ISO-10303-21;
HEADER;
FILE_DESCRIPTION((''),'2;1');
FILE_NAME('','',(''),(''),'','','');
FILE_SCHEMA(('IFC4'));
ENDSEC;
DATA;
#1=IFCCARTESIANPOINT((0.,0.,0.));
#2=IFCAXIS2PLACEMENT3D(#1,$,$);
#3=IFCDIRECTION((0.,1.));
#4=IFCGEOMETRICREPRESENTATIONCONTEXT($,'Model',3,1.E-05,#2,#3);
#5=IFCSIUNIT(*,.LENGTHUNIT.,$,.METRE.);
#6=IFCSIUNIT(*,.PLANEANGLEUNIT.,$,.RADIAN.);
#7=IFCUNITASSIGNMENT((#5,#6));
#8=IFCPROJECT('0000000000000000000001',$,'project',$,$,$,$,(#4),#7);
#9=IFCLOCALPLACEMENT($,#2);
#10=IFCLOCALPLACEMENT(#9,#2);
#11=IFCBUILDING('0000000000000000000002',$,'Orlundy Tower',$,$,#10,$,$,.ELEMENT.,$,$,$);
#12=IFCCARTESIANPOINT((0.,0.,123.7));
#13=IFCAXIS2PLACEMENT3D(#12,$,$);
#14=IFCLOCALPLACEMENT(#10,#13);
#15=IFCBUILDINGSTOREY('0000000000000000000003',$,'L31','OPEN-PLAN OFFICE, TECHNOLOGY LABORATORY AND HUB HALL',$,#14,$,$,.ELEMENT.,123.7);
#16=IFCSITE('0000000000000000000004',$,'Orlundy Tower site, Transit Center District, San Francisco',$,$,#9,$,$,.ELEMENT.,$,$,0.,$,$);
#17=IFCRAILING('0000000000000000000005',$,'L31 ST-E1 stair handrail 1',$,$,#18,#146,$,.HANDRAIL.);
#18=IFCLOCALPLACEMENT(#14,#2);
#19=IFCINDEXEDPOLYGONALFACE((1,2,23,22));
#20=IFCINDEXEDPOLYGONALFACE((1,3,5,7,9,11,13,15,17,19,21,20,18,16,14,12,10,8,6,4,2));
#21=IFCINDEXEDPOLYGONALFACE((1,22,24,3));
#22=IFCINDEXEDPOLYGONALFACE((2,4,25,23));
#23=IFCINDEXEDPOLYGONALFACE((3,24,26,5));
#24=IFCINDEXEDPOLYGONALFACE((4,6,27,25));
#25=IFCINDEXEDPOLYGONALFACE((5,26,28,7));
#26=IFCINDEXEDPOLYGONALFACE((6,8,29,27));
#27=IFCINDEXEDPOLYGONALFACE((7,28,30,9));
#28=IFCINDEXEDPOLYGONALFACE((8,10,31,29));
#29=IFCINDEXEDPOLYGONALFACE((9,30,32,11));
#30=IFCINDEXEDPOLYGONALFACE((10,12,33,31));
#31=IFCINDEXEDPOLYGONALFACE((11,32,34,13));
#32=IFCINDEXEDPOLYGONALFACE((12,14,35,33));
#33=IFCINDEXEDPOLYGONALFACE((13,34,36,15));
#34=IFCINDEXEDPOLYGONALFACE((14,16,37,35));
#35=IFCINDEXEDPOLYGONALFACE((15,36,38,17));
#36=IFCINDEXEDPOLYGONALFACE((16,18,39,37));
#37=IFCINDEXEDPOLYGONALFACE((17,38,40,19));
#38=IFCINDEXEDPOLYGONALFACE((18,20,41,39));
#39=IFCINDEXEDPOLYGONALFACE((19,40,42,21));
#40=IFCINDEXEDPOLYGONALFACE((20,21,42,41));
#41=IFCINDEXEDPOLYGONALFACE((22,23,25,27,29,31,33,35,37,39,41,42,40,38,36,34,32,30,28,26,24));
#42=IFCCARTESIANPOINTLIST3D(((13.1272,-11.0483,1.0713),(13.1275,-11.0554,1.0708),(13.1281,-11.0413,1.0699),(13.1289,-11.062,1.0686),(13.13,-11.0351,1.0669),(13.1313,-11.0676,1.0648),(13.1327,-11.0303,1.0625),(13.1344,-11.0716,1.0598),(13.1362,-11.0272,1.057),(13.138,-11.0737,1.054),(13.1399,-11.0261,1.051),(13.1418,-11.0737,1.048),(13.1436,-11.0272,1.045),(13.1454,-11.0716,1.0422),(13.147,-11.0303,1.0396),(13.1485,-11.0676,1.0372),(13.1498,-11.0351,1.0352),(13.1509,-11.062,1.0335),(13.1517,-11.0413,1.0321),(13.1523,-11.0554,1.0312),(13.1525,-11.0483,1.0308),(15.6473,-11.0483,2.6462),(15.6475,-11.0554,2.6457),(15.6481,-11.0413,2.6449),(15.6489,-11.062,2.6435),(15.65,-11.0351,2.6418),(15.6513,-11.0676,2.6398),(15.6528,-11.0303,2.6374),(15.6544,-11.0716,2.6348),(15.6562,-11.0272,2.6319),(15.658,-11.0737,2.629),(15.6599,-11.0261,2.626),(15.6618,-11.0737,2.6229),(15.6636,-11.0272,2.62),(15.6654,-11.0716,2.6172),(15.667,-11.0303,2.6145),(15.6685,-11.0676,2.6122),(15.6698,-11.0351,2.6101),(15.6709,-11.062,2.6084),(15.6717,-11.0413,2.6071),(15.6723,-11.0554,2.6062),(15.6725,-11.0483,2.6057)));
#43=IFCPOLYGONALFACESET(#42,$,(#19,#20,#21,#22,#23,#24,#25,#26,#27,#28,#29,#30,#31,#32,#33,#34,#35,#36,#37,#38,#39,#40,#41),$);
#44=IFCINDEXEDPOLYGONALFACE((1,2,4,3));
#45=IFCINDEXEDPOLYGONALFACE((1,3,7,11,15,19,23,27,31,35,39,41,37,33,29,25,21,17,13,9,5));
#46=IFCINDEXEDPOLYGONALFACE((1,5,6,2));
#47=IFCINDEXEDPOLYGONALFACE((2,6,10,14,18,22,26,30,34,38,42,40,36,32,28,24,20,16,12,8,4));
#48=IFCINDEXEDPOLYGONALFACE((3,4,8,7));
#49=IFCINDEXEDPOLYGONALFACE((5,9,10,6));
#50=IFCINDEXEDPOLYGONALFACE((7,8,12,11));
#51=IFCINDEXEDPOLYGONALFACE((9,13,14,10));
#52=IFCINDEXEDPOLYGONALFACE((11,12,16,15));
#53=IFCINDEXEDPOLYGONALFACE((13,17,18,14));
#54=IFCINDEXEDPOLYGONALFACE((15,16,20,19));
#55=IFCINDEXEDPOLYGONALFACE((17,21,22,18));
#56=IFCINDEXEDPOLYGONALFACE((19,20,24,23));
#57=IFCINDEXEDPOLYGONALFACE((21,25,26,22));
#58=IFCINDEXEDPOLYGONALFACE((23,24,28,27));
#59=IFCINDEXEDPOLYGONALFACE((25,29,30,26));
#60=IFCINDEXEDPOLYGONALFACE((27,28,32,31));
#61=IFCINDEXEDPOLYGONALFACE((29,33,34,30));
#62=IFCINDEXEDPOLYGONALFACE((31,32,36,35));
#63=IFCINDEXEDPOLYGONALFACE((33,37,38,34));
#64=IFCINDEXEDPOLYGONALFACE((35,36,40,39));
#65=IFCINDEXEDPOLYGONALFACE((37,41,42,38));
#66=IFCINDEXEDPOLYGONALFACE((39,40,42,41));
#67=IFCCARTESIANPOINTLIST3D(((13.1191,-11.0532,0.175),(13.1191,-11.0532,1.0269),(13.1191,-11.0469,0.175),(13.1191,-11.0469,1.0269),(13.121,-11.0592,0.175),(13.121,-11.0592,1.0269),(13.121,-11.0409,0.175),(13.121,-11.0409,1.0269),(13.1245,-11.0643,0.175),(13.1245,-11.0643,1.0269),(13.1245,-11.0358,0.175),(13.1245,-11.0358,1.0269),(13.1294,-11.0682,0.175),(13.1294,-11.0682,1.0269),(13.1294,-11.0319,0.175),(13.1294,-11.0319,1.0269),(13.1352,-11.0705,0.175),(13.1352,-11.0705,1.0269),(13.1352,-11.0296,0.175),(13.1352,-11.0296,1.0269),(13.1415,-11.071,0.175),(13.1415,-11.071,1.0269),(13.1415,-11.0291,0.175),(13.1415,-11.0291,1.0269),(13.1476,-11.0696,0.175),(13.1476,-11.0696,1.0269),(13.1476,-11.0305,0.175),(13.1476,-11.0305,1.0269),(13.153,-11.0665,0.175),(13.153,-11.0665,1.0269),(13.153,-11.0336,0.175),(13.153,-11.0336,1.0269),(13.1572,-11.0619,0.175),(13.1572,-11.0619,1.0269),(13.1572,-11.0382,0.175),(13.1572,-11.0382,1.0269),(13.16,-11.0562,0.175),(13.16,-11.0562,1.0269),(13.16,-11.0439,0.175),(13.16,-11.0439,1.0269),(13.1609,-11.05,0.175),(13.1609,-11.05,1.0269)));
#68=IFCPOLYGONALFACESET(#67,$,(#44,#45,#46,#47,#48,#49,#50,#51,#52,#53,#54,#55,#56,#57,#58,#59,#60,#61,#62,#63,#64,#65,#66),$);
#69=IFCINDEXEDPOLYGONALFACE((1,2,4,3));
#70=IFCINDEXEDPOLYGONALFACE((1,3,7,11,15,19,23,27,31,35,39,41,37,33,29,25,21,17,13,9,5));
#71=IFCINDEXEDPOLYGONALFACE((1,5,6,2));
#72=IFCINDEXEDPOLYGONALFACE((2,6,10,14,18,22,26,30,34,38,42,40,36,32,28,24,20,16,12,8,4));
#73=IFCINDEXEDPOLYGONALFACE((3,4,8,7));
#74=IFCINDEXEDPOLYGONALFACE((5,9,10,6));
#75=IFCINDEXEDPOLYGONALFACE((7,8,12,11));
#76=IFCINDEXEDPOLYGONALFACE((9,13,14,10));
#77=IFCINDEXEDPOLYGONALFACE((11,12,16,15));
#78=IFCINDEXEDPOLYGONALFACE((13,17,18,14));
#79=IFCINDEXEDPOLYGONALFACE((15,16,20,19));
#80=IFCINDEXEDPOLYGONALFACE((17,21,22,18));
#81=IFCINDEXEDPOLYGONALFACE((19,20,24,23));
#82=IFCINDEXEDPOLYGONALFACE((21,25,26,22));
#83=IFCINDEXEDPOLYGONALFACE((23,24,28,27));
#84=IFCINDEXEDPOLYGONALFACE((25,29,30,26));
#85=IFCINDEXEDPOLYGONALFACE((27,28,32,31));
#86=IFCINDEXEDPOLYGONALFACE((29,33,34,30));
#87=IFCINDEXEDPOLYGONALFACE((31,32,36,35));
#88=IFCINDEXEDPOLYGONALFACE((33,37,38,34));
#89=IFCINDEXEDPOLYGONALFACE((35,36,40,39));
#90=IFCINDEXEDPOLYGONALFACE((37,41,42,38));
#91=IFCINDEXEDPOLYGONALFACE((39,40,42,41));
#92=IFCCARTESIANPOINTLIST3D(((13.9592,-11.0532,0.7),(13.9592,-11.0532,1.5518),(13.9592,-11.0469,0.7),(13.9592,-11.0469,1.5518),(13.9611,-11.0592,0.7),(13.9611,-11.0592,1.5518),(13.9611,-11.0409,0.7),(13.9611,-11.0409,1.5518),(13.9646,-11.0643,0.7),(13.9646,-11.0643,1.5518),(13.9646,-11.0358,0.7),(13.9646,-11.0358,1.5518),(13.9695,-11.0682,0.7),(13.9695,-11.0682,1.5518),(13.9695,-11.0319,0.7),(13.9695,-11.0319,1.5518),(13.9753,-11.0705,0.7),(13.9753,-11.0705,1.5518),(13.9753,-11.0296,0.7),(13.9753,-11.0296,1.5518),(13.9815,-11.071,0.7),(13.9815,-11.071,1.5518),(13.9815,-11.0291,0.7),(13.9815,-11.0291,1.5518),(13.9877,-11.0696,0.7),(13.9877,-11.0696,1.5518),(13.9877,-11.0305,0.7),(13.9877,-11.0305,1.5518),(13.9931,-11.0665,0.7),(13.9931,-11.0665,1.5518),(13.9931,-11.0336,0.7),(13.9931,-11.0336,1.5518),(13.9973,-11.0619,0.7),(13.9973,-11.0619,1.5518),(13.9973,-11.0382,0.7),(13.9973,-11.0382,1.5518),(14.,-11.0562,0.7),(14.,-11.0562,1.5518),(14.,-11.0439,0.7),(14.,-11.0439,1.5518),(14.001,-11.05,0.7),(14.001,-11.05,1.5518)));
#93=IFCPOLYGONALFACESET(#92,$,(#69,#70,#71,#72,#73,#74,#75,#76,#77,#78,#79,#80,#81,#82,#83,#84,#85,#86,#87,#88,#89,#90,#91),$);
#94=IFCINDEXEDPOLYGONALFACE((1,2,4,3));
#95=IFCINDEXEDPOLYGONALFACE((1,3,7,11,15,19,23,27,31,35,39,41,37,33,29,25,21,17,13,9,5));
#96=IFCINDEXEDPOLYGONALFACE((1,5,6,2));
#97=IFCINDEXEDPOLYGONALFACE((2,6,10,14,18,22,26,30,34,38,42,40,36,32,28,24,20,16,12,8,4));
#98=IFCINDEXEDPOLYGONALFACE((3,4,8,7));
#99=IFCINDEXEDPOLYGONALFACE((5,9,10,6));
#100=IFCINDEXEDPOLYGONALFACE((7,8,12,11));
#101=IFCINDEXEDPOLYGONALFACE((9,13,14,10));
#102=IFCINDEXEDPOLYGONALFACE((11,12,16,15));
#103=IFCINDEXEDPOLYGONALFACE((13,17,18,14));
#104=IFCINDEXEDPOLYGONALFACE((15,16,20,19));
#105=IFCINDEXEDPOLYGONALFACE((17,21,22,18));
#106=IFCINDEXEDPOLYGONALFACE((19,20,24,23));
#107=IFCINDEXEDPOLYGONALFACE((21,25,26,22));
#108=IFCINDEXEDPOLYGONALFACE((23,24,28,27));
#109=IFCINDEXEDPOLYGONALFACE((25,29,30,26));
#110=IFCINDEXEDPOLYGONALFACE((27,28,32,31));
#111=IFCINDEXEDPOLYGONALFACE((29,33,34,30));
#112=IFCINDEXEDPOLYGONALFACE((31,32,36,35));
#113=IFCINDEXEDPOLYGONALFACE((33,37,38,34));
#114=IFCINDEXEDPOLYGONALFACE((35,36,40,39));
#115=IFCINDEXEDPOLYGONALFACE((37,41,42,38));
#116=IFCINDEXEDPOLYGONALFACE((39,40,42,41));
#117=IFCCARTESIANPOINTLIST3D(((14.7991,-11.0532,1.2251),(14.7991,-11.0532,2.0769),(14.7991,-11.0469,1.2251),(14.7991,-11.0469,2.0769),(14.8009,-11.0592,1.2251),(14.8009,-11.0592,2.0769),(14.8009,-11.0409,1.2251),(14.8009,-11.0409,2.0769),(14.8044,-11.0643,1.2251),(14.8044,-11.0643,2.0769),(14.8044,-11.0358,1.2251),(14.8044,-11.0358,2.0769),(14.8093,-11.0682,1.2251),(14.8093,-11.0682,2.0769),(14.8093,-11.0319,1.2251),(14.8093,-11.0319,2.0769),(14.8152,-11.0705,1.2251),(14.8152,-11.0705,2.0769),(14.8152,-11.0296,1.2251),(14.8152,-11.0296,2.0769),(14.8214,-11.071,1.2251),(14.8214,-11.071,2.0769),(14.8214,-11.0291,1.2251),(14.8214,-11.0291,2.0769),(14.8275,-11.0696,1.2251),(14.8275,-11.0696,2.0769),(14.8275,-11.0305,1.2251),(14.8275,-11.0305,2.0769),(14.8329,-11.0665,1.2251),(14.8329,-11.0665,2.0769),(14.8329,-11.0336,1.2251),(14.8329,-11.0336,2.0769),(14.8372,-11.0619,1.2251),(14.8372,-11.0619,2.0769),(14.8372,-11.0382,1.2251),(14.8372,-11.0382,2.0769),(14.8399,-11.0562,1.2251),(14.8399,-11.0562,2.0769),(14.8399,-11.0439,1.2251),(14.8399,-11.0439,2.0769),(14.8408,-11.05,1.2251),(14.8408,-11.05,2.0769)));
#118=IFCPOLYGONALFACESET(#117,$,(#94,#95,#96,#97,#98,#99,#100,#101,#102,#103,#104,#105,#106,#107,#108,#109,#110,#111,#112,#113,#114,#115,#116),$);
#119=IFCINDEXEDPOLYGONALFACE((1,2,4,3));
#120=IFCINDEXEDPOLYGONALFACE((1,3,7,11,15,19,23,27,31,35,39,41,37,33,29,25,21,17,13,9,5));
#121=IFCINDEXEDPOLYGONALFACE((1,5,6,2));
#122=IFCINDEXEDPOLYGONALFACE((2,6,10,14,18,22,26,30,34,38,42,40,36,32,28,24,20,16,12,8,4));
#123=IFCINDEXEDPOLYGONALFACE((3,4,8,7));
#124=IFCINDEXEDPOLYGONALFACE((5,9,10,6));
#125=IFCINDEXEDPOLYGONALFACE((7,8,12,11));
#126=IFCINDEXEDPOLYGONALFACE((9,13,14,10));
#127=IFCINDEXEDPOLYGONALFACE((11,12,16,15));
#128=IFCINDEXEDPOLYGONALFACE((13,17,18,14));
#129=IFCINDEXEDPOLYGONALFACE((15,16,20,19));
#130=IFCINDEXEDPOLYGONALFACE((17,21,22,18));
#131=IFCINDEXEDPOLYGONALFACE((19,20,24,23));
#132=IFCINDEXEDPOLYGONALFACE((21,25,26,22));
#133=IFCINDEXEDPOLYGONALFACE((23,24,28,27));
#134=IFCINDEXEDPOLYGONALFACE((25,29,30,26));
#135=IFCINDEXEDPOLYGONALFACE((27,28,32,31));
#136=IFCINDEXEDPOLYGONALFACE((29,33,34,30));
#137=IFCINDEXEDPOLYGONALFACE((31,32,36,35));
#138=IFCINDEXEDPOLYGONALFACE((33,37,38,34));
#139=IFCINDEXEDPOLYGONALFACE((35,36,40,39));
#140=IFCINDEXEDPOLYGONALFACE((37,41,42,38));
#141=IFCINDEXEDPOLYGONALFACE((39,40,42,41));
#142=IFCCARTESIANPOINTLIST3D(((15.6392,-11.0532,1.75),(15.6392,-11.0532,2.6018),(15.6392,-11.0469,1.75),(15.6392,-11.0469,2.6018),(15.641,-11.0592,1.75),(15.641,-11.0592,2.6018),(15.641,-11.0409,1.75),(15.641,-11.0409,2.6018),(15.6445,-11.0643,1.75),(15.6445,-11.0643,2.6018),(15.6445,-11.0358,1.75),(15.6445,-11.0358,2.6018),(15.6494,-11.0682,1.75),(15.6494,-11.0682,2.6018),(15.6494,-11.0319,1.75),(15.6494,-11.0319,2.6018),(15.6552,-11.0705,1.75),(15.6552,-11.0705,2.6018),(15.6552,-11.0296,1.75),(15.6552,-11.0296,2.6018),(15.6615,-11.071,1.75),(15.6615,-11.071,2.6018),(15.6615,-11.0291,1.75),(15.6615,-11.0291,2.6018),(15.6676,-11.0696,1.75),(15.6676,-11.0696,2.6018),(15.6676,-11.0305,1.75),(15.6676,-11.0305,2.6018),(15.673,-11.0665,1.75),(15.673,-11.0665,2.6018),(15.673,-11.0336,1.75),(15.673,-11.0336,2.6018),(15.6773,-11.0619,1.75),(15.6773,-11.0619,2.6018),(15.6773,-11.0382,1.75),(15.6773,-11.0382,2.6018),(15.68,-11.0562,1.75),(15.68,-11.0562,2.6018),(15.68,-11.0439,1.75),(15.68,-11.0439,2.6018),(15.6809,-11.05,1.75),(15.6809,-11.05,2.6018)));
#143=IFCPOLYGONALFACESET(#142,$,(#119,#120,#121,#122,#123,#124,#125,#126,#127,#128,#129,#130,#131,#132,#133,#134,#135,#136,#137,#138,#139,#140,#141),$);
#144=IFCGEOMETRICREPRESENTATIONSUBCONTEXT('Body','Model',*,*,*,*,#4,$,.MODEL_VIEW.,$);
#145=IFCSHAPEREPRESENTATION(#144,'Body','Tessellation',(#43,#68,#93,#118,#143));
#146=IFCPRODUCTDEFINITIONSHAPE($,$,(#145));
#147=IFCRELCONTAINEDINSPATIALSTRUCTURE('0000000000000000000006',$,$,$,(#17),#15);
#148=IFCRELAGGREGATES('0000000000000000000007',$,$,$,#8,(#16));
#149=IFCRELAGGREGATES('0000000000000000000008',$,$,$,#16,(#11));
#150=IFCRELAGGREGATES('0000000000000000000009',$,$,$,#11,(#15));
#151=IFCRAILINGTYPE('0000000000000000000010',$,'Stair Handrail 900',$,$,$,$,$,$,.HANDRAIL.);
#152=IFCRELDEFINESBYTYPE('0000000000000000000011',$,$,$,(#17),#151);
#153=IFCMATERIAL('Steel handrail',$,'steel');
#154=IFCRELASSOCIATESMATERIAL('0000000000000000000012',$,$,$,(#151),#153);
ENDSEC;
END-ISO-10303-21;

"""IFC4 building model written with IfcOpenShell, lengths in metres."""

from ifc_helpers import new_model, si_unit, direction, frame, origin, origin_2d, place, context, subcontext, project, spatial, circle, extrude, material, type_object, element, save


model = new_model("IFC4")

# Units and contexts
model_context = context("Model", 3, precision=1e-05, world=origin(), true_north=direction((0.0, 1.0)))
body_context = subcontext(model_context, "Body", "Model", "MODEL_VIEW")
ifc_project = project(units=[si_unit("LENGTHUNIT", "METRE"), si_unit("PLANEANGLEUNIT", "RADIAN")], contexts=[model_context])

# Site, building, storey
site_placement = place(None, origin())
site = spatial("IfcSite", under=ifc_project, at=site_placement, Name="Orlundy Tower site, Transit Center District, San Francisco", CompositionType="ELEMENT", RefElevation=0.0)
building_placement = place(site_placement, origin())
building = spatial("IfcBuilding", under=site, at=building_placement, Name="Orlundy Tower", CompositionType="ELEMENT")
storey_placement = place(building_placement, frame((0.0, 0.0, 123.7)))
storey = spatial("IfcBuildingStorey", under=building, at=storey_placement, Name="L31", Description="OPEN-PLAN OFFICE, TECHNOLOGY LABORATORY AND HUB HALL", CompositionType="ELEMENT", Elevation=123.7)

# Railing
ifc_material_1 = material(Name="Steel handrail", Category="steel")
railing_type_1 = type_object("IfcRailingType", Name="Stair Handrail 900", PredefinedType="HANDRAIL", material=ifc_material_1)
railing_1_placement = place(storey_placement, frame((13.1399, -11.05, 0.175)))
element("IfcRailing", 1, at=railing_1_placement, inside=storey, type_object=railing_type_1, Name="L31 ST-E1 stair handrail 1", PredefinedType="HANDRAIL", context=body_context, shape_type="SweptSolid", body=[
    extrude(circle(Radius=0.0239, at=origin_2d()), frame((0.0, 0.0, 0.876), z_axis=(0.848008, 0.0, 0.529984), x_axis=(0.0, 1.0, 0.0)), (0.0, 0.0, 1.0), 2.9717),
    extrude(circle(Radius=0.021, at=origin_2d()), origin(), (0.0, 0.0, 1.0), 0.8518),
    extrude(circle(Radius=0.021, at=origin_2d()), frame((0.8401, 0.0, 0.5249)), (0.0, 0.0, 1.0), 0.8518),
    extrude(circle(Radius=0.021, at=origin_2d()), frame((1.6799, 0.0, 1.05)), (0.0, 0.0, 1.0), 0.8518),
    extrude(circle(Radius=0.021, at=origin_2d()), frame((2.52, 0.0, 1.575)), (0.0, 0.0, 1.0), 0.8518),
])

save(model, "model.ifc")
